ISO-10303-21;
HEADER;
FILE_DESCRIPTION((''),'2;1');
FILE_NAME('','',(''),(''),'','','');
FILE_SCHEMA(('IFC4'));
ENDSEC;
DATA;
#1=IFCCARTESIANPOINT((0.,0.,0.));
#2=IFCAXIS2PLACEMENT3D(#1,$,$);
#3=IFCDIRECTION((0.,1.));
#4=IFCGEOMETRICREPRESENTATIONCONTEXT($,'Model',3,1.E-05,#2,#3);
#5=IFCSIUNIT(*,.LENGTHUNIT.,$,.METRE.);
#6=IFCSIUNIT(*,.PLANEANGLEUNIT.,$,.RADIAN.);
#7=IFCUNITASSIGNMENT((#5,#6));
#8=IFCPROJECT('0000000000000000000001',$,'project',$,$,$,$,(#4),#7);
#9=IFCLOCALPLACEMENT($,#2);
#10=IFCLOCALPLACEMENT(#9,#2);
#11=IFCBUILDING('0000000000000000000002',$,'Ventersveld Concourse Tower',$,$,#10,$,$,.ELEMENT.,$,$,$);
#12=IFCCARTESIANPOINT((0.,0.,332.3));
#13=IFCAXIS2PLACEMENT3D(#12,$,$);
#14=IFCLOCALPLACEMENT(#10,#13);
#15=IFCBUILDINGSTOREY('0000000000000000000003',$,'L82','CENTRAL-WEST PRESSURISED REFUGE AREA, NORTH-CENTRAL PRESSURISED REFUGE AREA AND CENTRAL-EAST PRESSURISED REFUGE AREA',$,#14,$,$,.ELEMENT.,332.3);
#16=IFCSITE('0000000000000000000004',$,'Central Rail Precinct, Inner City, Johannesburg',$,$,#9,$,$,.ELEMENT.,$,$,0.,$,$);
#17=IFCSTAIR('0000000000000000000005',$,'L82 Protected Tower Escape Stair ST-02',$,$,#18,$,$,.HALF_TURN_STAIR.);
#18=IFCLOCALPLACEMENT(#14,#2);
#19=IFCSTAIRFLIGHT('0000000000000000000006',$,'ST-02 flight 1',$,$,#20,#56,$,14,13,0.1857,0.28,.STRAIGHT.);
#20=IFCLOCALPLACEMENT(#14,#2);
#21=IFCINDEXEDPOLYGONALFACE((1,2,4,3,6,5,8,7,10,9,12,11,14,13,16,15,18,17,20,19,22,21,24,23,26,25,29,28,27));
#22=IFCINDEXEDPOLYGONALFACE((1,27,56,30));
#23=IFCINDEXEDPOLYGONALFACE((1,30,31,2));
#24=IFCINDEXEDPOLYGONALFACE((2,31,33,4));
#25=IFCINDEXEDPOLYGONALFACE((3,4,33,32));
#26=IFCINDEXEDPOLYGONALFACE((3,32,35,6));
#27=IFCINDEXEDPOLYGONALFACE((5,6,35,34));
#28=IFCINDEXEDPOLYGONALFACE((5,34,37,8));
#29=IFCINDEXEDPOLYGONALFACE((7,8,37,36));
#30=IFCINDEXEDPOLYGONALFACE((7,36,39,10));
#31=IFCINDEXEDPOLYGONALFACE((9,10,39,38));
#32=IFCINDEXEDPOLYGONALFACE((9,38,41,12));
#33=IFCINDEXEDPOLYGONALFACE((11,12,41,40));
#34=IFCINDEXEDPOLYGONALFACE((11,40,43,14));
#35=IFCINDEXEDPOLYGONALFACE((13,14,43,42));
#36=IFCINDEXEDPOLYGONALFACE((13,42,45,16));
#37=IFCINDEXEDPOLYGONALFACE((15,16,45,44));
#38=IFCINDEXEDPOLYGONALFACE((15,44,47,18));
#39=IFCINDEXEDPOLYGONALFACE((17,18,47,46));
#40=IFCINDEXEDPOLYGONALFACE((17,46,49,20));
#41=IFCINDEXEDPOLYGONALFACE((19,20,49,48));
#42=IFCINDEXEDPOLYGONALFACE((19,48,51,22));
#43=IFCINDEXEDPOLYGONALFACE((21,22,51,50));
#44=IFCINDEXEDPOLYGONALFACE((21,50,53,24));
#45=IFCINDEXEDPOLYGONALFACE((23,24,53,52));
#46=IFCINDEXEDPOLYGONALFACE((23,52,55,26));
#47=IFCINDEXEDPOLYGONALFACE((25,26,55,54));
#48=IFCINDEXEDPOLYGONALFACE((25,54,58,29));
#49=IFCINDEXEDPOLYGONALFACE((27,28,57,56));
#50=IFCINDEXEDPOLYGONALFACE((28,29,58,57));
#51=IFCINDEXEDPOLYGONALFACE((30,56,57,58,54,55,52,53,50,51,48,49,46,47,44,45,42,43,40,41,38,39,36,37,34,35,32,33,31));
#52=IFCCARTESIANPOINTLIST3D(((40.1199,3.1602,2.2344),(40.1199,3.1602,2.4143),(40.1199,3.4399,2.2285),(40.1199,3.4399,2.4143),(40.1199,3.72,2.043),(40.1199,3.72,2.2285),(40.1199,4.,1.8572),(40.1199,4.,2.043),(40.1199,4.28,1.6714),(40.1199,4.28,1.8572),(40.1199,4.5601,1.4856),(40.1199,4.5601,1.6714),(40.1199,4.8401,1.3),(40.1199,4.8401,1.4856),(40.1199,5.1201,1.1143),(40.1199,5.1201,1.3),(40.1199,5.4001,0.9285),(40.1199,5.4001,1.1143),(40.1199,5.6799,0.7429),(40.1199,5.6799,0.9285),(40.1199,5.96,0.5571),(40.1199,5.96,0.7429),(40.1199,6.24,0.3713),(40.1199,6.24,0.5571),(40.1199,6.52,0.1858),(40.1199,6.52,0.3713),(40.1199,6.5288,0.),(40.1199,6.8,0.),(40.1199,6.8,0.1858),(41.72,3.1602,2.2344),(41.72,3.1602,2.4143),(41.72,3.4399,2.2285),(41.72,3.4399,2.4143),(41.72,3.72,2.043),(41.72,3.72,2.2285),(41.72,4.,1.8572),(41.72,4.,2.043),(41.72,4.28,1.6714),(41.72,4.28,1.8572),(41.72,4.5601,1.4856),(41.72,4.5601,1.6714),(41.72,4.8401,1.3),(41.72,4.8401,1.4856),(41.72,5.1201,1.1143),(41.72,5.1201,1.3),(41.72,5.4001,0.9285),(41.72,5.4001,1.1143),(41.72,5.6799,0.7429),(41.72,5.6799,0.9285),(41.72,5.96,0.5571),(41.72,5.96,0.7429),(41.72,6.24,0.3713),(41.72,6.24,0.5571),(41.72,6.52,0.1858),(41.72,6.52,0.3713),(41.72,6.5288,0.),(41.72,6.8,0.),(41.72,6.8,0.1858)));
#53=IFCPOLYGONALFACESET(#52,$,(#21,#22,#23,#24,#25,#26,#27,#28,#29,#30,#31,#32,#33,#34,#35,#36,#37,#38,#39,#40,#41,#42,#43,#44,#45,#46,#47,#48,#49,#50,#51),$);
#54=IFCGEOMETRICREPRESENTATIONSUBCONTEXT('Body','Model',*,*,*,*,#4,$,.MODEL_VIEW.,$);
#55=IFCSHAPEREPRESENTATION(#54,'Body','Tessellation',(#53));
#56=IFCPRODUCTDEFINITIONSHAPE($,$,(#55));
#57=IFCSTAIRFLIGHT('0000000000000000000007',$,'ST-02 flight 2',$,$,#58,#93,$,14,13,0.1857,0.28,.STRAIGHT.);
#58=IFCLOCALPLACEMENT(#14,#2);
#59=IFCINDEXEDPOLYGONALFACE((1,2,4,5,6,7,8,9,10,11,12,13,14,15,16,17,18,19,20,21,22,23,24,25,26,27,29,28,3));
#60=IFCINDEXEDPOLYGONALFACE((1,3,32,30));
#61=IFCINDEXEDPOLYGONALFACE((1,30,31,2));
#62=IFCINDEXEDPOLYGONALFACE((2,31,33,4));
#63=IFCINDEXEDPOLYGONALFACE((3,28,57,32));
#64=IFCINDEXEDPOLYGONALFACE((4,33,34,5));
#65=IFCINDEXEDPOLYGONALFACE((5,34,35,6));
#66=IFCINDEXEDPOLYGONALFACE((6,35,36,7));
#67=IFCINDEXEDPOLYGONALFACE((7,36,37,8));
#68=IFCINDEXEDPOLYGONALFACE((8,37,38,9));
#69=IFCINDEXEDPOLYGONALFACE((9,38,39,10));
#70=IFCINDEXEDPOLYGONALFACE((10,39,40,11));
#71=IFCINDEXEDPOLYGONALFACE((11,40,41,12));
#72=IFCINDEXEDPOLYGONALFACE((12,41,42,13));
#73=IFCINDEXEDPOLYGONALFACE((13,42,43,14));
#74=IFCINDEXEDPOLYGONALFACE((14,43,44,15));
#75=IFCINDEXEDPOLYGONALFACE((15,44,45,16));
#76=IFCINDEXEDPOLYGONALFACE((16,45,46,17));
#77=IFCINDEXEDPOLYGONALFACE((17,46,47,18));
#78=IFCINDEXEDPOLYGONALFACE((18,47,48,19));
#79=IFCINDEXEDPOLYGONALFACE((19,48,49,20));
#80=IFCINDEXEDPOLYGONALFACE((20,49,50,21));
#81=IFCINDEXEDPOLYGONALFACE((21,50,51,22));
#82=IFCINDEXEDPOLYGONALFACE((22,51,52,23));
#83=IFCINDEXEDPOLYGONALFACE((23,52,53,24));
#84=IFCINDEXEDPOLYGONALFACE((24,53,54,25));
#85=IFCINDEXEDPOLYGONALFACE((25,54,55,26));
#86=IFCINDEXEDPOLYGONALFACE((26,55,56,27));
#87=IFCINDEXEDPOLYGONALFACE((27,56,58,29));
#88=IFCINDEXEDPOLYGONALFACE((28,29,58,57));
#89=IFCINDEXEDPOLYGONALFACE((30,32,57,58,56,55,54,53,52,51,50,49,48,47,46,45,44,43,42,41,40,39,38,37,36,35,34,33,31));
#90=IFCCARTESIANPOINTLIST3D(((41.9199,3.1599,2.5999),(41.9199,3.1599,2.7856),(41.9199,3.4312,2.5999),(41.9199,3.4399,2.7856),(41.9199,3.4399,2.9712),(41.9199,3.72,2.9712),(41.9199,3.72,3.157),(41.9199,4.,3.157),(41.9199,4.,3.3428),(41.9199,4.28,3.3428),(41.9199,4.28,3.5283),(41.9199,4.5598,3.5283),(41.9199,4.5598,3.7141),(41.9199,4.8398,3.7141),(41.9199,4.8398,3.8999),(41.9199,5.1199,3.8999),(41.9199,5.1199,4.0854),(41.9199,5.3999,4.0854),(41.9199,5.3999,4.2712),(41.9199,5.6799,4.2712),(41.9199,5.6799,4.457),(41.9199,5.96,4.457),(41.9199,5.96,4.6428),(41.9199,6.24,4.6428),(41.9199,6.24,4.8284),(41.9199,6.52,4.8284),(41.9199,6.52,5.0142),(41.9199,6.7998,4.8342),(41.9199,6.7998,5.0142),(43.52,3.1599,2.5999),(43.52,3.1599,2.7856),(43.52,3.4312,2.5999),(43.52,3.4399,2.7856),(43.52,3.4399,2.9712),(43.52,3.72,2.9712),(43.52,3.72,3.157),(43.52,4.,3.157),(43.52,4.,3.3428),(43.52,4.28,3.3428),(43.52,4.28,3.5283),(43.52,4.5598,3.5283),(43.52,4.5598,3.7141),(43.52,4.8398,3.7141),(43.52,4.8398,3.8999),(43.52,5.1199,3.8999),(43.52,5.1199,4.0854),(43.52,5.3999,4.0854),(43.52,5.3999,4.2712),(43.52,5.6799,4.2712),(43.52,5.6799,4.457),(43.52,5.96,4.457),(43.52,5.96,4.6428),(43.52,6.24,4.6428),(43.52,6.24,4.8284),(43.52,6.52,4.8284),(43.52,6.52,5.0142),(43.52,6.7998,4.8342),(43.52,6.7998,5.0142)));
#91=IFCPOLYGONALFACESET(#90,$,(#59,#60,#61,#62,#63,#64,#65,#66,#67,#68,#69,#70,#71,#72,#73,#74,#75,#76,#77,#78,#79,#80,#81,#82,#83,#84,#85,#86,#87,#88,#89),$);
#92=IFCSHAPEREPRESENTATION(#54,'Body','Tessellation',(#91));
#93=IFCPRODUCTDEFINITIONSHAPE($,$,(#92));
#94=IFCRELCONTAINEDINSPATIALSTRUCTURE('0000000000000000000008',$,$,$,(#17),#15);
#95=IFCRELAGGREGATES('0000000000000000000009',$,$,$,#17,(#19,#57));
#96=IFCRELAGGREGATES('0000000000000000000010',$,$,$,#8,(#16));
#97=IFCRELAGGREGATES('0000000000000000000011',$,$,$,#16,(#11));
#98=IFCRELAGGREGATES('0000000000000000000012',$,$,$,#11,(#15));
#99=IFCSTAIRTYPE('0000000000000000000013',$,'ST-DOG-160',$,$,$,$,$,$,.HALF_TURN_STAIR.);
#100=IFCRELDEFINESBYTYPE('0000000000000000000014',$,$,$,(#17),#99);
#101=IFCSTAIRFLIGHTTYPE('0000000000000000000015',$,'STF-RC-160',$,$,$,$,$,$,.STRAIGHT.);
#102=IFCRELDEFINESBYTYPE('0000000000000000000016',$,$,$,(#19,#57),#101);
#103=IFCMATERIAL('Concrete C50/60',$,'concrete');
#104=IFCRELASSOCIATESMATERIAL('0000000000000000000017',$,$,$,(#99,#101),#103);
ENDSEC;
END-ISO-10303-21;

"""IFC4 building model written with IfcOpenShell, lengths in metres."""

from ifc_helpers import new_model, si_unit, direction, frame, origin, place, context, subcontext, project, spatial, polyline, outline, extrude, material, type_object, element, aggregate, save


model = new_model("IFC4")

# Units and contexts
model_context = context("Model", 3, precision=1e-05, world=origin(), true_north=direction((0.0, 1.0)))
body_context = subcontext(model_context, "Body", "Model", "MODEL_VIEW")
ifc_project = project(units=[si_unit("LENGTHUNIT", "METRE"), si_unit("PLANEANGLEUNIT", "RADIAN")], contexts=[model_context])

# Site, building, storey
site_placement = place(None, origin())
site = spatial("IfcSite", under=ifc_project, at=site_placement, Name="Central Rail Precinct, Inner City, Johannesburg", CompositionType="ELEMENT", RefElevation=0.0)
building_placement = place(site_placement, origin())
building = spatial("IfcBuilding", under=site, at=building_placement, Name="Ventersveld Concourse Tower", CompositionType="ELEMENT")
storey_placement = place(building_placement, frame((0.0, 0.0, 332.3)))
storey = spatial("IfcBuildingStorey", under=building, at=storey_placement, Name="L82", Description="CENTRAL-WEST PRESSURISED REFUGE AREA, NORTH-CENTRAL PRESSURISED REFUGE AREA AND CENTRAL-EAST PRESSURISED REFUGE AREA", CompositionType="ELEMENT", Elevation=332.3)

# Shared definitions
ifc_material_1 = material(Name="Concrete C50/60", Category="concrete")

# Stair, stair flights
stair_type = type_object("IfcStairType", Name="ST-DOG-160", PredefinedType="HALF_TURN_STAIR", material=ifc_material_1)
stair_placement = place(storey_placement, origin())
stair = element("IfcStair", 1, at=stair_placement, inside=storey, type_object=stair_type, Name="L82 Protected Tower Escape Stair ST-02", PredefinedType="HALF_TURN_STAIR")
stair_flight_type = type_object("IfcStairFlightType", Name="STF-RC-160", PredefinedType="STRAIGHT", material=ifc_material_1)
stair_flight_1_placement = place(storey_placement, frame((40.9199, 6.8, 0.0), z_axis=(0.0, 0.0, 1.0), x_axis=(0.0, -1.0, 0.0)))
stair_flight_1 = element("IfcStairFlight", 2, at=stair_flight_1_placement, type_object=stair_flight_type, Name="ST-02 flight 1", NumberOfRisers=14, NumberOfTreads=13, PredefinedType="STRAIGHT", RiserHeight=0.1857, TreadLength=0.28, context=body_context, shape_type="SweptSolid", body=[
    extrude(outline(polyline([(0.0, 0.0), (0.0, 0.1858), (0.28, 0.1858), (0.28, 0.3713), (0.5601, 0.3713), (0.5601, 0.5571), (0.8401, 0.5571), (0.8401, 0.7429), (1.1201, 0.7429), (1.1201, 0.9285), (1.3999, 0.9285), (1.3999, 1.1143), (1.6799, 1.1143), (1.6799, 1.3), (1.96, 1.3), (1.96, 1.4856), (2.24, 1.4856), (2.24, 1.6714), (2.52, 1.6714), (2.52, 1.8572), (2.8, 1.8572), (2.8, 2.043), (3.0801, 2.043), (3.0801, 2.2285), (3.3601, 2.2285), (3.3601, 2.4143), (3.6399, 2.4143), (3.6399, 2.6001), (3.6399, 2.2344), (0.2712, 0.0), (0.0, 0.0)])), frame((0.0, 0.8, 0.0), z_axis=(0.0, -1.0, 0.0), x_axis=(1.0, 0.0, 0.0)), (0.0, 0.0, 1.0), 1.6001),
])
stair_flight_2_placement = place(storey_placement, frame((42.72, 3.1599, 2.5999), z_axis=(0.0, 0.0, 1.0), x_axis=(0.0, 1.0, 0.0)))
stair_flight_2 = element("IfcStairFlight", 3, at=stair_flight_2_placement, type_object=stair_flight_type, Name="ST-02 flight 2", NumberOfRisers=14, NumberOfTreads=13, PredefinedType="STRAIGHT", RiserHeight=0.1857, TreadLength=0.28, context=body_context, shape_type="SweptSolid", body=[
    extrude(outline(polyline([(0.0, 0.0), (0.0, 0.1858), (0.28, 0.1858), (0.28, 0.3713), (0.5601, 0.3713), (0.5601, 0.5571), (0.8401, 0.5571), (0.8401, 0.7429), (1.1201, 0.7429), (1.1201, 0.9285), (1.3999, 0.9285), (1.3999, 1.1143), (1.6799, 1.1143), (1.6799, 1.3), (1.96, 1.3), (1.96, 1.4856), (2.24, 1.4856), (2.24, 1.6714), (2.52, 1.6714), (2.52, 1.8572), (2.8, 1.8572), (2.8, 2.043), (3.0801, 2.043), (3.0801, 2.2285), (3.3601, 2.2285), (3.3601, 2.4143), (3.6399, 2.4143), (3.6399, 2.6001), (3.6399, 2.2344), (0.2712, 0.0), (0.0, 0.0)])), frame((0.0, 0.8, 0.0), z_axis=(0.0, -1.0, 0.0), x_axis=(1.0, 0.0, 0.0)), (0.0, 0.0, 1.0), 1.6001),
])
aggregate(stair, [stair_flight_1, stair_flight_2])

save(model, "model.ifc")
